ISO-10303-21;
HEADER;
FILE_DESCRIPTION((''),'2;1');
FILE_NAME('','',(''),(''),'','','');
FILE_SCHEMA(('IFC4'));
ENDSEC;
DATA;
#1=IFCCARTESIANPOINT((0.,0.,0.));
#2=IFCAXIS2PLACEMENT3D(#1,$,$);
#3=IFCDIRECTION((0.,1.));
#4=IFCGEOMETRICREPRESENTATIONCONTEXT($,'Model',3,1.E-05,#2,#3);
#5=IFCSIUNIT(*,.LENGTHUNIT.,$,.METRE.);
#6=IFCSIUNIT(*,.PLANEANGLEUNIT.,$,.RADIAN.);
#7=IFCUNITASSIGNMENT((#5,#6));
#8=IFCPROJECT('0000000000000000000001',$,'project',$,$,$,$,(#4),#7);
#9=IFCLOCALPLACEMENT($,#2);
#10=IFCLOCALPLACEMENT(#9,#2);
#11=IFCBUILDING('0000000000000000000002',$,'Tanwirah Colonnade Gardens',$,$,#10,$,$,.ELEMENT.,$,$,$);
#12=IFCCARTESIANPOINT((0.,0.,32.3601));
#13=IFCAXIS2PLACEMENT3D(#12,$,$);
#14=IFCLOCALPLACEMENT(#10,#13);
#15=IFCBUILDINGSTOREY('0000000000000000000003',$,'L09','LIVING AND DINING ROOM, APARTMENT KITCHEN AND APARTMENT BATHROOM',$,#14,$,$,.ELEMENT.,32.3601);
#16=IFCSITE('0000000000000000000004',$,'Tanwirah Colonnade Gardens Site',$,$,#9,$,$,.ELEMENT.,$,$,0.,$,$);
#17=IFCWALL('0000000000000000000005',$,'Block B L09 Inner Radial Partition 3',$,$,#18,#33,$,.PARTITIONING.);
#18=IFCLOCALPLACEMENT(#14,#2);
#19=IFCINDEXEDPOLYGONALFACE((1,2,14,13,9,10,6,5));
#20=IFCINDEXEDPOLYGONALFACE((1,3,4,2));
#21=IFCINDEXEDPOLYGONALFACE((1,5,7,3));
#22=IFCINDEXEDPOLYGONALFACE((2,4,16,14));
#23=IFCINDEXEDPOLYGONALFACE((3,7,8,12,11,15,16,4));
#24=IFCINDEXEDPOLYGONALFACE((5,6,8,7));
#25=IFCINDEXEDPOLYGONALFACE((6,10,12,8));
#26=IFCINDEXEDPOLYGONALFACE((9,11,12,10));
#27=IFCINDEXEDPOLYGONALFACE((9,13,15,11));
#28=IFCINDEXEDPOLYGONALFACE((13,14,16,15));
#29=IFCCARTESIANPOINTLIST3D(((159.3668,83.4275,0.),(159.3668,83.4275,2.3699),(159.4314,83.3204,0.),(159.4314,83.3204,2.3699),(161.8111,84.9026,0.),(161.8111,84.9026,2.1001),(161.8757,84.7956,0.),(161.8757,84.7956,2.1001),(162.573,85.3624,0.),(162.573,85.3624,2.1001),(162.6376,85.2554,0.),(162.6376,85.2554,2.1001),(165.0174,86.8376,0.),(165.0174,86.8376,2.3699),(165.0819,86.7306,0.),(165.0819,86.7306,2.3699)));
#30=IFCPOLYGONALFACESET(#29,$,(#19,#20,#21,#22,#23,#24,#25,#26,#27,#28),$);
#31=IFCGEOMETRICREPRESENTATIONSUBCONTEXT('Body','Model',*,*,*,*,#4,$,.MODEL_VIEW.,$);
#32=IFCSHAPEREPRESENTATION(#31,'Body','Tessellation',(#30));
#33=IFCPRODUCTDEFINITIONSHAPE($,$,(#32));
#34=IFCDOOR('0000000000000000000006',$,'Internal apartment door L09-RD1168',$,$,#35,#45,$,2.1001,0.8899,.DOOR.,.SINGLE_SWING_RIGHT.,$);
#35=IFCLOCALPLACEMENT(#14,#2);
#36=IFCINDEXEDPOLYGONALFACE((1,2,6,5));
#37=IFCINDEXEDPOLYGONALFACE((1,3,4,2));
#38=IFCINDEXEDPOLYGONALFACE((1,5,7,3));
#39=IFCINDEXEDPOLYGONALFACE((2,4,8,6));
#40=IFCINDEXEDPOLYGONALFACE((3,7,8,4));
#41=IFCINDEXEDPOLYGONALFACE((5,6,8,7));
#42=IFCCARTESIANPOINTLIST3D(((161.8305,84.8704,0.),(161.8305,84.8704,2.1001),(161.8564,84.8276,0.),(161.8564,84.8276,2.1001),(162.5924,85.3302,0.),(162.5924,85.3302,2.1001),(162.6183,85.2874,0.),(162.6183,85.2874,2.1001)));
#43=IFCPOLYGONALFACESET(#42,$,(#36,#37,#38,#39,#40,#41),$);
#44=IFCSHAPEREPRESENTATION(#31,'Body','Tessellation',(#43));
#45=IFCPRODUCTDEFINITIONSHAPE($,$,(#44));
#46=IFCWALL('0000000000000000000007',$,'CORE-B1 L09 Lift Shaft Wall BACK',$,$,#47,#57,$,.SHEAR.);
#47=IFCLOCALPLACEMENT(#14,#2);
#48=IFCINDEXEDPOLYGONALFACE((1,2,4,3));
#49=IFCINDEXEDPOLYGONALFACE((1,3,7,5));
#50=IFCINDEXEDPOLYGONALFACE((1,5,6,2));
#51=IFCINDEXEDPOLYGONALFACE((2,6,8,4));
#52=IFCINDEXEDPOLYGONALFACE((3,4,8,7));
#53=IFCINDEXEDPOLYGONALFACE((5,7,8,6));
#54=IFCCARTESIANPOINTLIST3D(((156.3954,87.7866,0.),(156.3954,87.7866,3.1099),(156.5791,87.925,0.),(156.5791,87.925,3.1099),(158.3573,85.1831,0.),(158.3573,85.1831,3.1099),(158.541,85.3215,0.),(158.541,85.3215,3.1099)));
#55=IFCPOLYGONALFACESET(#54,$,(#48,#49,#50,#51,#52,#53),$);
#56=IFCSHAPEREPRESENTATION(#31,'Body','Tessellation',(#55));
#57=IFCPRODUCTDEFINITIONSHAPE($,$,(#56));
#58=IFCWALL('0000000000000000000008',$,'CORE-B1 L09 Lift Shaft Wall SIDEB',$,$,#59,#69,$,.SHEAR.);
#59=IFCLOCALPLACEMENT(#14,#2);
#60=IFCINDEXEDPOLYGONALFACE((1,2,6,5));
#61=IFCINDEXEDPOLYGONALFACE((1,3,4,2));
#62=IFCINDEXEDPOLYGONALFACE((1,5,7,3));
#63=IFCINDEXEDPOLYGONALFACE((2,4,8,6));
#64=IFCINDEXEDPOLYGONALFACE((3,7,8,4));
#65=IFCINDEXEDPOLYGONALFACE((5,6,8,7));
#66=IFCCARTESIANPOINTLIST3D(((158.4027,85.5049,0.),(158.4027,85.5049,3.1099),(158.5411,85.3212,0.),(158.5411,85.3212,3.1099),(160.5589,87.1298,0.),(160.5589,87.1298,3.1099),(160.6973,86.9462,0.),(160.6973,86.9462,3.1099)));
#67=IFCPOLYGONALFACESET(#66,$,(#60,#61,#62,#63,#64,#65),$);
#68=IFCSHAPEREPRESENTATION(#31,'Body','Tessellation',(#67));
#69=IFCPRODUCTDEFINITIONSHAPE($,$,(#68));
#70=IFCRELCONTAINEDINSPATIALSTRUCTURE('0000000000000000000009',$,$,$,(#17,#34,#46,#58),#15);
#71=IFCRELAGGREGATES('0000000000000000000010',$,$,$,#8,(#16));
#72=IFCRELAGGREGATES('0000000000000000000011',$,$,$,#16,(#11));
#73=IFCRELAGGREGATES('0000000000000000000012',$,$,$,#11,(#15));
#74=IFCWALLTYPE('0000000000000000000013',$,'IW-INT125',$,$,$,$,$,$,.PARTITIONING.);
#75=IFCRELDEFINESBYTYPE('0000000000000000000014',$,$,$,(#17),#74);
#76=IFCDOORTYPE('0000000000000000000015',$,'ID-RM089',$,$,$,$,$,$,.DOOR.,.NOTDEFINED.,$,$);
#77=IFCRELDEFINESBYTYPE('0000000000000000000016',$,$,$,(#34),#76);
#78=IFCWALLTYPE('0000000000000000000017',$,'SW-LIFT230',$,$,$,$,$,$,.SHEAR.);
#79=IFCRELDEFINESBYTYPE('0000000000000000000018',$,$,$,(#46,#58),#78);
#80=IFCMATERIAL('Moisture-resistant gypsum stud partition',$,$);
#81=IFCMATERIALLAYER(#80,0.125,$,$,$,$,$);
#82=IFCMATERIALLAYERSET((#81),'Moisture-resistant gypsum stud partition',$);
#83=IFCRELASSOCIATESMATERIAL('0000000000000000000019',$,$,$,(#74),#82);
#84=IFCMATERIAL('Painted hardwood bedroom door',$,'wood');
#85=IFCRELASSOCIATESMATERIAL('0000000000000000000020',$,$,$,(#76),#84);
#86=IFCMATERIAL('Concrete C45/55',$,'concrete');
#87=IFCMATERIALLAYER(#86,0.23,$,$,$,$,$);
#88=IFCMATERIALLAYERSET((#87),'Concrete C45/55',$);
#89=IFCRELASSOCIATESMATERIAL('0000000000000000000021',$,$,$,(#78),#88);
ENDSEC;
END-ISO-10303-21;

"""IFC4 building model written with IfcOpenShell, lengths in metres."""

from ifc_helpers import new_model, si_unit, direction, frame, frame_2d, origin, place, context, subcontext, project, spatial, rectangle, extrude, material, layer, layer_set, type_object, element, fill, save


model = new_model("IFC4")

# Units and contexts
model_context = context("Model", 3, precision=1e-05, world=origin(), true_north=direction((0.0, 1.0)))
body_context = subcontext(model_context, "Body", "Model", "MODEL_VIEW")
ifc_project = project(units=[si_unit("LENGTHUNIT", "METRE"), si_unit("PLANEANGLEUNIT", "RADIAN")], contexts=[model_context])

# Site, building, storey
site_placement = place(None, origin())
site = spatial("IfcSite", under=ifc_project, at=site_placement, Name="Tanwirah Colonnade Gardens Site", CompositionType="ELEMENT", RefElevation=0.0)
building_placement = place(site_placement, origin())
building = spatial("IfcBuilding", under=site, at=building_placement, Name="Tanwirah Colonnade Gardens", CompositionType="ELEMENT")
storey_placement = place(building_placement, frame((0.0, 0.0, 32.3601)))
storey = spatial("IfcBuildingStorey", under=building, at=storey_placement, Name="L09", Description="LIVING AND DINING ROOM, APARTMENT KITCHEN AND APARTMENT BATHROOM", CompositionType="ELEMENT", Elevation=32.3601)

# Wall, opening, door
ifc_material_1 = material(Name="Moisture-resistant gypsum stud partition")
ifc_layer_1 = layer(ifc_material_1, 0.125)
ifc_layer_set_1 = layer_set([ifc_layer_1], Name="Moisture-resistant gypsum stud partition")
wall_type_1 = type_object("IfcWallType", Name="IW-INT125", PredefinedType="PARTITIONING", material=ifc_layer_set_1)
wall_1_placement = place(storey_placement, frame((159.3992, 83.374, 0.0), z_axis=(0.0, 0.0, 1.0), x_axis=(0.856168, 0.516697, 0.0)))
wall_1 = element("IfcWall", 1, at=wall_1_placement, inside=storey, type_object=wall_type_1, Name="Block B L09 Inner Radial Partition 3", PredefinedType="PARTITIONING", context=body_context, shape_type="SweptSolid", body=[
    extrude(rectangle(XDim=6.5999, YDim=0.125, at=frame_2d((3.2998, 0.0))), origin(), (0.0, 0.0, 1.0), 2.3699),
])
opening_1_placement = place(wall_1_placement, frame((2.855, 0.0, 0.0)))
opening_1 = element("IfcOpeningElement", 2, at=opening_1_placement, cuts=wall_1, PredefinedType="OPENING", context=body_context, shape_type="SweptSolid", body=[
    extrude(rectangle(XDim=0.8899, YDim=2.1001, at=frame_2d((0.4448, 1.05))), frame((0.0, 0.0725, 0.0), z_axis=(0.0, -1.0, 0.0), x_axis=(1.0, 0.0, 0.0)), (0.0, 0.0, 1.0), 0.145),
])
ifc_material_2 = material(Name="Painted hardwood bedroom door", Category="wood")
door_type_1 = type_object("IfcDoorType", Name="ID-RM089", OperationType="NOTDEFINED", PredefinedType="DOOR", material=ifc_material_2)
door_1_placement = place(opening_1_placement, origin())
door_1 = element("IfcDoor", 3, at=door_1_placement, inside=storey, type_object=door_type_1, Name="Internal apartment door L09-RD1168", OperationType="SINGLE_SWING_RIGHT", OverallHeight=2.1001, OverallWidth=0.8899, PredefinedType="DOOR", context=body_context, shape_type="SweptSolid", body=[
    extrude(rectangle(XDim=0.8899, YDim=2.1001, at=frame_2d((0.4448, 1.05))), frame((0.0, 0.0249, 0.0), z_axis=(0.0, -1.0, 0.0), x_axis=(1.0, 0.0, 0.0)), (0.0, 0.0, 1.0), 0.05),
])
fill(opening_1, door_1)

# Walls
ifc_material_3 = material(Name="Concrete C45/55", Category="concrete")
ifc_layer_2 = layer(ifc_material_3, 0.23)
ifc_layer_set_2 = layer_set([ifc_layer_2], Name="Concrete C45/55")
wall_type_2 = type_object("IfcWallType", Name="SW-LIFT230", PredefinedType="SHEAR", material=ifc_layer_set_2)
wall_2_placement = place(storey_placement, frame((156.4873, 87.8557, 0.0), z_axis=(0.0, 0.0, 1.0), x_axis=(0.60182, -0.798632, 0.0)))
element("IfcWall", 4, at=wall_2_placement, inside=storey, type_object=wall_type_2, Name="CORE-B1 L09 Lift Shaft Wall BACK", PredefinedType="SHEAR", context=body_context, shape_type="SweptSolid", body=[
    extrude(rectangle(XDim=3.26, YDim=0.23, at=frame_2d((1.6299, 0.0))), origin(), (0.0, 0.0, 1.0), 3.1099),
])
wall_3_placement = place(storey_placement, frame((160.6282, 87.0381, 0.0), z_axis=(0.0, 0.0, 1.0), x_axis=(-0.798609, -0.60185, 0.0)))
element("IfcWall", 5, at=wall_3_placement, inside=storey, type_object=wall_type_2, Name="CORE-B1 L09 Lift Shaft Wall SIDEB", PredefinedType="SHEAR", context=body_context, shape_type="SweptSolid", body=[
    extrude(rectangle(XDim=2.7, YDim=0.23, at=frame_2d((1.3501, 0.0))), origin(), (0.0, 0.0, 1.0), 3.1099),
])

save(model, "model.ifc")
